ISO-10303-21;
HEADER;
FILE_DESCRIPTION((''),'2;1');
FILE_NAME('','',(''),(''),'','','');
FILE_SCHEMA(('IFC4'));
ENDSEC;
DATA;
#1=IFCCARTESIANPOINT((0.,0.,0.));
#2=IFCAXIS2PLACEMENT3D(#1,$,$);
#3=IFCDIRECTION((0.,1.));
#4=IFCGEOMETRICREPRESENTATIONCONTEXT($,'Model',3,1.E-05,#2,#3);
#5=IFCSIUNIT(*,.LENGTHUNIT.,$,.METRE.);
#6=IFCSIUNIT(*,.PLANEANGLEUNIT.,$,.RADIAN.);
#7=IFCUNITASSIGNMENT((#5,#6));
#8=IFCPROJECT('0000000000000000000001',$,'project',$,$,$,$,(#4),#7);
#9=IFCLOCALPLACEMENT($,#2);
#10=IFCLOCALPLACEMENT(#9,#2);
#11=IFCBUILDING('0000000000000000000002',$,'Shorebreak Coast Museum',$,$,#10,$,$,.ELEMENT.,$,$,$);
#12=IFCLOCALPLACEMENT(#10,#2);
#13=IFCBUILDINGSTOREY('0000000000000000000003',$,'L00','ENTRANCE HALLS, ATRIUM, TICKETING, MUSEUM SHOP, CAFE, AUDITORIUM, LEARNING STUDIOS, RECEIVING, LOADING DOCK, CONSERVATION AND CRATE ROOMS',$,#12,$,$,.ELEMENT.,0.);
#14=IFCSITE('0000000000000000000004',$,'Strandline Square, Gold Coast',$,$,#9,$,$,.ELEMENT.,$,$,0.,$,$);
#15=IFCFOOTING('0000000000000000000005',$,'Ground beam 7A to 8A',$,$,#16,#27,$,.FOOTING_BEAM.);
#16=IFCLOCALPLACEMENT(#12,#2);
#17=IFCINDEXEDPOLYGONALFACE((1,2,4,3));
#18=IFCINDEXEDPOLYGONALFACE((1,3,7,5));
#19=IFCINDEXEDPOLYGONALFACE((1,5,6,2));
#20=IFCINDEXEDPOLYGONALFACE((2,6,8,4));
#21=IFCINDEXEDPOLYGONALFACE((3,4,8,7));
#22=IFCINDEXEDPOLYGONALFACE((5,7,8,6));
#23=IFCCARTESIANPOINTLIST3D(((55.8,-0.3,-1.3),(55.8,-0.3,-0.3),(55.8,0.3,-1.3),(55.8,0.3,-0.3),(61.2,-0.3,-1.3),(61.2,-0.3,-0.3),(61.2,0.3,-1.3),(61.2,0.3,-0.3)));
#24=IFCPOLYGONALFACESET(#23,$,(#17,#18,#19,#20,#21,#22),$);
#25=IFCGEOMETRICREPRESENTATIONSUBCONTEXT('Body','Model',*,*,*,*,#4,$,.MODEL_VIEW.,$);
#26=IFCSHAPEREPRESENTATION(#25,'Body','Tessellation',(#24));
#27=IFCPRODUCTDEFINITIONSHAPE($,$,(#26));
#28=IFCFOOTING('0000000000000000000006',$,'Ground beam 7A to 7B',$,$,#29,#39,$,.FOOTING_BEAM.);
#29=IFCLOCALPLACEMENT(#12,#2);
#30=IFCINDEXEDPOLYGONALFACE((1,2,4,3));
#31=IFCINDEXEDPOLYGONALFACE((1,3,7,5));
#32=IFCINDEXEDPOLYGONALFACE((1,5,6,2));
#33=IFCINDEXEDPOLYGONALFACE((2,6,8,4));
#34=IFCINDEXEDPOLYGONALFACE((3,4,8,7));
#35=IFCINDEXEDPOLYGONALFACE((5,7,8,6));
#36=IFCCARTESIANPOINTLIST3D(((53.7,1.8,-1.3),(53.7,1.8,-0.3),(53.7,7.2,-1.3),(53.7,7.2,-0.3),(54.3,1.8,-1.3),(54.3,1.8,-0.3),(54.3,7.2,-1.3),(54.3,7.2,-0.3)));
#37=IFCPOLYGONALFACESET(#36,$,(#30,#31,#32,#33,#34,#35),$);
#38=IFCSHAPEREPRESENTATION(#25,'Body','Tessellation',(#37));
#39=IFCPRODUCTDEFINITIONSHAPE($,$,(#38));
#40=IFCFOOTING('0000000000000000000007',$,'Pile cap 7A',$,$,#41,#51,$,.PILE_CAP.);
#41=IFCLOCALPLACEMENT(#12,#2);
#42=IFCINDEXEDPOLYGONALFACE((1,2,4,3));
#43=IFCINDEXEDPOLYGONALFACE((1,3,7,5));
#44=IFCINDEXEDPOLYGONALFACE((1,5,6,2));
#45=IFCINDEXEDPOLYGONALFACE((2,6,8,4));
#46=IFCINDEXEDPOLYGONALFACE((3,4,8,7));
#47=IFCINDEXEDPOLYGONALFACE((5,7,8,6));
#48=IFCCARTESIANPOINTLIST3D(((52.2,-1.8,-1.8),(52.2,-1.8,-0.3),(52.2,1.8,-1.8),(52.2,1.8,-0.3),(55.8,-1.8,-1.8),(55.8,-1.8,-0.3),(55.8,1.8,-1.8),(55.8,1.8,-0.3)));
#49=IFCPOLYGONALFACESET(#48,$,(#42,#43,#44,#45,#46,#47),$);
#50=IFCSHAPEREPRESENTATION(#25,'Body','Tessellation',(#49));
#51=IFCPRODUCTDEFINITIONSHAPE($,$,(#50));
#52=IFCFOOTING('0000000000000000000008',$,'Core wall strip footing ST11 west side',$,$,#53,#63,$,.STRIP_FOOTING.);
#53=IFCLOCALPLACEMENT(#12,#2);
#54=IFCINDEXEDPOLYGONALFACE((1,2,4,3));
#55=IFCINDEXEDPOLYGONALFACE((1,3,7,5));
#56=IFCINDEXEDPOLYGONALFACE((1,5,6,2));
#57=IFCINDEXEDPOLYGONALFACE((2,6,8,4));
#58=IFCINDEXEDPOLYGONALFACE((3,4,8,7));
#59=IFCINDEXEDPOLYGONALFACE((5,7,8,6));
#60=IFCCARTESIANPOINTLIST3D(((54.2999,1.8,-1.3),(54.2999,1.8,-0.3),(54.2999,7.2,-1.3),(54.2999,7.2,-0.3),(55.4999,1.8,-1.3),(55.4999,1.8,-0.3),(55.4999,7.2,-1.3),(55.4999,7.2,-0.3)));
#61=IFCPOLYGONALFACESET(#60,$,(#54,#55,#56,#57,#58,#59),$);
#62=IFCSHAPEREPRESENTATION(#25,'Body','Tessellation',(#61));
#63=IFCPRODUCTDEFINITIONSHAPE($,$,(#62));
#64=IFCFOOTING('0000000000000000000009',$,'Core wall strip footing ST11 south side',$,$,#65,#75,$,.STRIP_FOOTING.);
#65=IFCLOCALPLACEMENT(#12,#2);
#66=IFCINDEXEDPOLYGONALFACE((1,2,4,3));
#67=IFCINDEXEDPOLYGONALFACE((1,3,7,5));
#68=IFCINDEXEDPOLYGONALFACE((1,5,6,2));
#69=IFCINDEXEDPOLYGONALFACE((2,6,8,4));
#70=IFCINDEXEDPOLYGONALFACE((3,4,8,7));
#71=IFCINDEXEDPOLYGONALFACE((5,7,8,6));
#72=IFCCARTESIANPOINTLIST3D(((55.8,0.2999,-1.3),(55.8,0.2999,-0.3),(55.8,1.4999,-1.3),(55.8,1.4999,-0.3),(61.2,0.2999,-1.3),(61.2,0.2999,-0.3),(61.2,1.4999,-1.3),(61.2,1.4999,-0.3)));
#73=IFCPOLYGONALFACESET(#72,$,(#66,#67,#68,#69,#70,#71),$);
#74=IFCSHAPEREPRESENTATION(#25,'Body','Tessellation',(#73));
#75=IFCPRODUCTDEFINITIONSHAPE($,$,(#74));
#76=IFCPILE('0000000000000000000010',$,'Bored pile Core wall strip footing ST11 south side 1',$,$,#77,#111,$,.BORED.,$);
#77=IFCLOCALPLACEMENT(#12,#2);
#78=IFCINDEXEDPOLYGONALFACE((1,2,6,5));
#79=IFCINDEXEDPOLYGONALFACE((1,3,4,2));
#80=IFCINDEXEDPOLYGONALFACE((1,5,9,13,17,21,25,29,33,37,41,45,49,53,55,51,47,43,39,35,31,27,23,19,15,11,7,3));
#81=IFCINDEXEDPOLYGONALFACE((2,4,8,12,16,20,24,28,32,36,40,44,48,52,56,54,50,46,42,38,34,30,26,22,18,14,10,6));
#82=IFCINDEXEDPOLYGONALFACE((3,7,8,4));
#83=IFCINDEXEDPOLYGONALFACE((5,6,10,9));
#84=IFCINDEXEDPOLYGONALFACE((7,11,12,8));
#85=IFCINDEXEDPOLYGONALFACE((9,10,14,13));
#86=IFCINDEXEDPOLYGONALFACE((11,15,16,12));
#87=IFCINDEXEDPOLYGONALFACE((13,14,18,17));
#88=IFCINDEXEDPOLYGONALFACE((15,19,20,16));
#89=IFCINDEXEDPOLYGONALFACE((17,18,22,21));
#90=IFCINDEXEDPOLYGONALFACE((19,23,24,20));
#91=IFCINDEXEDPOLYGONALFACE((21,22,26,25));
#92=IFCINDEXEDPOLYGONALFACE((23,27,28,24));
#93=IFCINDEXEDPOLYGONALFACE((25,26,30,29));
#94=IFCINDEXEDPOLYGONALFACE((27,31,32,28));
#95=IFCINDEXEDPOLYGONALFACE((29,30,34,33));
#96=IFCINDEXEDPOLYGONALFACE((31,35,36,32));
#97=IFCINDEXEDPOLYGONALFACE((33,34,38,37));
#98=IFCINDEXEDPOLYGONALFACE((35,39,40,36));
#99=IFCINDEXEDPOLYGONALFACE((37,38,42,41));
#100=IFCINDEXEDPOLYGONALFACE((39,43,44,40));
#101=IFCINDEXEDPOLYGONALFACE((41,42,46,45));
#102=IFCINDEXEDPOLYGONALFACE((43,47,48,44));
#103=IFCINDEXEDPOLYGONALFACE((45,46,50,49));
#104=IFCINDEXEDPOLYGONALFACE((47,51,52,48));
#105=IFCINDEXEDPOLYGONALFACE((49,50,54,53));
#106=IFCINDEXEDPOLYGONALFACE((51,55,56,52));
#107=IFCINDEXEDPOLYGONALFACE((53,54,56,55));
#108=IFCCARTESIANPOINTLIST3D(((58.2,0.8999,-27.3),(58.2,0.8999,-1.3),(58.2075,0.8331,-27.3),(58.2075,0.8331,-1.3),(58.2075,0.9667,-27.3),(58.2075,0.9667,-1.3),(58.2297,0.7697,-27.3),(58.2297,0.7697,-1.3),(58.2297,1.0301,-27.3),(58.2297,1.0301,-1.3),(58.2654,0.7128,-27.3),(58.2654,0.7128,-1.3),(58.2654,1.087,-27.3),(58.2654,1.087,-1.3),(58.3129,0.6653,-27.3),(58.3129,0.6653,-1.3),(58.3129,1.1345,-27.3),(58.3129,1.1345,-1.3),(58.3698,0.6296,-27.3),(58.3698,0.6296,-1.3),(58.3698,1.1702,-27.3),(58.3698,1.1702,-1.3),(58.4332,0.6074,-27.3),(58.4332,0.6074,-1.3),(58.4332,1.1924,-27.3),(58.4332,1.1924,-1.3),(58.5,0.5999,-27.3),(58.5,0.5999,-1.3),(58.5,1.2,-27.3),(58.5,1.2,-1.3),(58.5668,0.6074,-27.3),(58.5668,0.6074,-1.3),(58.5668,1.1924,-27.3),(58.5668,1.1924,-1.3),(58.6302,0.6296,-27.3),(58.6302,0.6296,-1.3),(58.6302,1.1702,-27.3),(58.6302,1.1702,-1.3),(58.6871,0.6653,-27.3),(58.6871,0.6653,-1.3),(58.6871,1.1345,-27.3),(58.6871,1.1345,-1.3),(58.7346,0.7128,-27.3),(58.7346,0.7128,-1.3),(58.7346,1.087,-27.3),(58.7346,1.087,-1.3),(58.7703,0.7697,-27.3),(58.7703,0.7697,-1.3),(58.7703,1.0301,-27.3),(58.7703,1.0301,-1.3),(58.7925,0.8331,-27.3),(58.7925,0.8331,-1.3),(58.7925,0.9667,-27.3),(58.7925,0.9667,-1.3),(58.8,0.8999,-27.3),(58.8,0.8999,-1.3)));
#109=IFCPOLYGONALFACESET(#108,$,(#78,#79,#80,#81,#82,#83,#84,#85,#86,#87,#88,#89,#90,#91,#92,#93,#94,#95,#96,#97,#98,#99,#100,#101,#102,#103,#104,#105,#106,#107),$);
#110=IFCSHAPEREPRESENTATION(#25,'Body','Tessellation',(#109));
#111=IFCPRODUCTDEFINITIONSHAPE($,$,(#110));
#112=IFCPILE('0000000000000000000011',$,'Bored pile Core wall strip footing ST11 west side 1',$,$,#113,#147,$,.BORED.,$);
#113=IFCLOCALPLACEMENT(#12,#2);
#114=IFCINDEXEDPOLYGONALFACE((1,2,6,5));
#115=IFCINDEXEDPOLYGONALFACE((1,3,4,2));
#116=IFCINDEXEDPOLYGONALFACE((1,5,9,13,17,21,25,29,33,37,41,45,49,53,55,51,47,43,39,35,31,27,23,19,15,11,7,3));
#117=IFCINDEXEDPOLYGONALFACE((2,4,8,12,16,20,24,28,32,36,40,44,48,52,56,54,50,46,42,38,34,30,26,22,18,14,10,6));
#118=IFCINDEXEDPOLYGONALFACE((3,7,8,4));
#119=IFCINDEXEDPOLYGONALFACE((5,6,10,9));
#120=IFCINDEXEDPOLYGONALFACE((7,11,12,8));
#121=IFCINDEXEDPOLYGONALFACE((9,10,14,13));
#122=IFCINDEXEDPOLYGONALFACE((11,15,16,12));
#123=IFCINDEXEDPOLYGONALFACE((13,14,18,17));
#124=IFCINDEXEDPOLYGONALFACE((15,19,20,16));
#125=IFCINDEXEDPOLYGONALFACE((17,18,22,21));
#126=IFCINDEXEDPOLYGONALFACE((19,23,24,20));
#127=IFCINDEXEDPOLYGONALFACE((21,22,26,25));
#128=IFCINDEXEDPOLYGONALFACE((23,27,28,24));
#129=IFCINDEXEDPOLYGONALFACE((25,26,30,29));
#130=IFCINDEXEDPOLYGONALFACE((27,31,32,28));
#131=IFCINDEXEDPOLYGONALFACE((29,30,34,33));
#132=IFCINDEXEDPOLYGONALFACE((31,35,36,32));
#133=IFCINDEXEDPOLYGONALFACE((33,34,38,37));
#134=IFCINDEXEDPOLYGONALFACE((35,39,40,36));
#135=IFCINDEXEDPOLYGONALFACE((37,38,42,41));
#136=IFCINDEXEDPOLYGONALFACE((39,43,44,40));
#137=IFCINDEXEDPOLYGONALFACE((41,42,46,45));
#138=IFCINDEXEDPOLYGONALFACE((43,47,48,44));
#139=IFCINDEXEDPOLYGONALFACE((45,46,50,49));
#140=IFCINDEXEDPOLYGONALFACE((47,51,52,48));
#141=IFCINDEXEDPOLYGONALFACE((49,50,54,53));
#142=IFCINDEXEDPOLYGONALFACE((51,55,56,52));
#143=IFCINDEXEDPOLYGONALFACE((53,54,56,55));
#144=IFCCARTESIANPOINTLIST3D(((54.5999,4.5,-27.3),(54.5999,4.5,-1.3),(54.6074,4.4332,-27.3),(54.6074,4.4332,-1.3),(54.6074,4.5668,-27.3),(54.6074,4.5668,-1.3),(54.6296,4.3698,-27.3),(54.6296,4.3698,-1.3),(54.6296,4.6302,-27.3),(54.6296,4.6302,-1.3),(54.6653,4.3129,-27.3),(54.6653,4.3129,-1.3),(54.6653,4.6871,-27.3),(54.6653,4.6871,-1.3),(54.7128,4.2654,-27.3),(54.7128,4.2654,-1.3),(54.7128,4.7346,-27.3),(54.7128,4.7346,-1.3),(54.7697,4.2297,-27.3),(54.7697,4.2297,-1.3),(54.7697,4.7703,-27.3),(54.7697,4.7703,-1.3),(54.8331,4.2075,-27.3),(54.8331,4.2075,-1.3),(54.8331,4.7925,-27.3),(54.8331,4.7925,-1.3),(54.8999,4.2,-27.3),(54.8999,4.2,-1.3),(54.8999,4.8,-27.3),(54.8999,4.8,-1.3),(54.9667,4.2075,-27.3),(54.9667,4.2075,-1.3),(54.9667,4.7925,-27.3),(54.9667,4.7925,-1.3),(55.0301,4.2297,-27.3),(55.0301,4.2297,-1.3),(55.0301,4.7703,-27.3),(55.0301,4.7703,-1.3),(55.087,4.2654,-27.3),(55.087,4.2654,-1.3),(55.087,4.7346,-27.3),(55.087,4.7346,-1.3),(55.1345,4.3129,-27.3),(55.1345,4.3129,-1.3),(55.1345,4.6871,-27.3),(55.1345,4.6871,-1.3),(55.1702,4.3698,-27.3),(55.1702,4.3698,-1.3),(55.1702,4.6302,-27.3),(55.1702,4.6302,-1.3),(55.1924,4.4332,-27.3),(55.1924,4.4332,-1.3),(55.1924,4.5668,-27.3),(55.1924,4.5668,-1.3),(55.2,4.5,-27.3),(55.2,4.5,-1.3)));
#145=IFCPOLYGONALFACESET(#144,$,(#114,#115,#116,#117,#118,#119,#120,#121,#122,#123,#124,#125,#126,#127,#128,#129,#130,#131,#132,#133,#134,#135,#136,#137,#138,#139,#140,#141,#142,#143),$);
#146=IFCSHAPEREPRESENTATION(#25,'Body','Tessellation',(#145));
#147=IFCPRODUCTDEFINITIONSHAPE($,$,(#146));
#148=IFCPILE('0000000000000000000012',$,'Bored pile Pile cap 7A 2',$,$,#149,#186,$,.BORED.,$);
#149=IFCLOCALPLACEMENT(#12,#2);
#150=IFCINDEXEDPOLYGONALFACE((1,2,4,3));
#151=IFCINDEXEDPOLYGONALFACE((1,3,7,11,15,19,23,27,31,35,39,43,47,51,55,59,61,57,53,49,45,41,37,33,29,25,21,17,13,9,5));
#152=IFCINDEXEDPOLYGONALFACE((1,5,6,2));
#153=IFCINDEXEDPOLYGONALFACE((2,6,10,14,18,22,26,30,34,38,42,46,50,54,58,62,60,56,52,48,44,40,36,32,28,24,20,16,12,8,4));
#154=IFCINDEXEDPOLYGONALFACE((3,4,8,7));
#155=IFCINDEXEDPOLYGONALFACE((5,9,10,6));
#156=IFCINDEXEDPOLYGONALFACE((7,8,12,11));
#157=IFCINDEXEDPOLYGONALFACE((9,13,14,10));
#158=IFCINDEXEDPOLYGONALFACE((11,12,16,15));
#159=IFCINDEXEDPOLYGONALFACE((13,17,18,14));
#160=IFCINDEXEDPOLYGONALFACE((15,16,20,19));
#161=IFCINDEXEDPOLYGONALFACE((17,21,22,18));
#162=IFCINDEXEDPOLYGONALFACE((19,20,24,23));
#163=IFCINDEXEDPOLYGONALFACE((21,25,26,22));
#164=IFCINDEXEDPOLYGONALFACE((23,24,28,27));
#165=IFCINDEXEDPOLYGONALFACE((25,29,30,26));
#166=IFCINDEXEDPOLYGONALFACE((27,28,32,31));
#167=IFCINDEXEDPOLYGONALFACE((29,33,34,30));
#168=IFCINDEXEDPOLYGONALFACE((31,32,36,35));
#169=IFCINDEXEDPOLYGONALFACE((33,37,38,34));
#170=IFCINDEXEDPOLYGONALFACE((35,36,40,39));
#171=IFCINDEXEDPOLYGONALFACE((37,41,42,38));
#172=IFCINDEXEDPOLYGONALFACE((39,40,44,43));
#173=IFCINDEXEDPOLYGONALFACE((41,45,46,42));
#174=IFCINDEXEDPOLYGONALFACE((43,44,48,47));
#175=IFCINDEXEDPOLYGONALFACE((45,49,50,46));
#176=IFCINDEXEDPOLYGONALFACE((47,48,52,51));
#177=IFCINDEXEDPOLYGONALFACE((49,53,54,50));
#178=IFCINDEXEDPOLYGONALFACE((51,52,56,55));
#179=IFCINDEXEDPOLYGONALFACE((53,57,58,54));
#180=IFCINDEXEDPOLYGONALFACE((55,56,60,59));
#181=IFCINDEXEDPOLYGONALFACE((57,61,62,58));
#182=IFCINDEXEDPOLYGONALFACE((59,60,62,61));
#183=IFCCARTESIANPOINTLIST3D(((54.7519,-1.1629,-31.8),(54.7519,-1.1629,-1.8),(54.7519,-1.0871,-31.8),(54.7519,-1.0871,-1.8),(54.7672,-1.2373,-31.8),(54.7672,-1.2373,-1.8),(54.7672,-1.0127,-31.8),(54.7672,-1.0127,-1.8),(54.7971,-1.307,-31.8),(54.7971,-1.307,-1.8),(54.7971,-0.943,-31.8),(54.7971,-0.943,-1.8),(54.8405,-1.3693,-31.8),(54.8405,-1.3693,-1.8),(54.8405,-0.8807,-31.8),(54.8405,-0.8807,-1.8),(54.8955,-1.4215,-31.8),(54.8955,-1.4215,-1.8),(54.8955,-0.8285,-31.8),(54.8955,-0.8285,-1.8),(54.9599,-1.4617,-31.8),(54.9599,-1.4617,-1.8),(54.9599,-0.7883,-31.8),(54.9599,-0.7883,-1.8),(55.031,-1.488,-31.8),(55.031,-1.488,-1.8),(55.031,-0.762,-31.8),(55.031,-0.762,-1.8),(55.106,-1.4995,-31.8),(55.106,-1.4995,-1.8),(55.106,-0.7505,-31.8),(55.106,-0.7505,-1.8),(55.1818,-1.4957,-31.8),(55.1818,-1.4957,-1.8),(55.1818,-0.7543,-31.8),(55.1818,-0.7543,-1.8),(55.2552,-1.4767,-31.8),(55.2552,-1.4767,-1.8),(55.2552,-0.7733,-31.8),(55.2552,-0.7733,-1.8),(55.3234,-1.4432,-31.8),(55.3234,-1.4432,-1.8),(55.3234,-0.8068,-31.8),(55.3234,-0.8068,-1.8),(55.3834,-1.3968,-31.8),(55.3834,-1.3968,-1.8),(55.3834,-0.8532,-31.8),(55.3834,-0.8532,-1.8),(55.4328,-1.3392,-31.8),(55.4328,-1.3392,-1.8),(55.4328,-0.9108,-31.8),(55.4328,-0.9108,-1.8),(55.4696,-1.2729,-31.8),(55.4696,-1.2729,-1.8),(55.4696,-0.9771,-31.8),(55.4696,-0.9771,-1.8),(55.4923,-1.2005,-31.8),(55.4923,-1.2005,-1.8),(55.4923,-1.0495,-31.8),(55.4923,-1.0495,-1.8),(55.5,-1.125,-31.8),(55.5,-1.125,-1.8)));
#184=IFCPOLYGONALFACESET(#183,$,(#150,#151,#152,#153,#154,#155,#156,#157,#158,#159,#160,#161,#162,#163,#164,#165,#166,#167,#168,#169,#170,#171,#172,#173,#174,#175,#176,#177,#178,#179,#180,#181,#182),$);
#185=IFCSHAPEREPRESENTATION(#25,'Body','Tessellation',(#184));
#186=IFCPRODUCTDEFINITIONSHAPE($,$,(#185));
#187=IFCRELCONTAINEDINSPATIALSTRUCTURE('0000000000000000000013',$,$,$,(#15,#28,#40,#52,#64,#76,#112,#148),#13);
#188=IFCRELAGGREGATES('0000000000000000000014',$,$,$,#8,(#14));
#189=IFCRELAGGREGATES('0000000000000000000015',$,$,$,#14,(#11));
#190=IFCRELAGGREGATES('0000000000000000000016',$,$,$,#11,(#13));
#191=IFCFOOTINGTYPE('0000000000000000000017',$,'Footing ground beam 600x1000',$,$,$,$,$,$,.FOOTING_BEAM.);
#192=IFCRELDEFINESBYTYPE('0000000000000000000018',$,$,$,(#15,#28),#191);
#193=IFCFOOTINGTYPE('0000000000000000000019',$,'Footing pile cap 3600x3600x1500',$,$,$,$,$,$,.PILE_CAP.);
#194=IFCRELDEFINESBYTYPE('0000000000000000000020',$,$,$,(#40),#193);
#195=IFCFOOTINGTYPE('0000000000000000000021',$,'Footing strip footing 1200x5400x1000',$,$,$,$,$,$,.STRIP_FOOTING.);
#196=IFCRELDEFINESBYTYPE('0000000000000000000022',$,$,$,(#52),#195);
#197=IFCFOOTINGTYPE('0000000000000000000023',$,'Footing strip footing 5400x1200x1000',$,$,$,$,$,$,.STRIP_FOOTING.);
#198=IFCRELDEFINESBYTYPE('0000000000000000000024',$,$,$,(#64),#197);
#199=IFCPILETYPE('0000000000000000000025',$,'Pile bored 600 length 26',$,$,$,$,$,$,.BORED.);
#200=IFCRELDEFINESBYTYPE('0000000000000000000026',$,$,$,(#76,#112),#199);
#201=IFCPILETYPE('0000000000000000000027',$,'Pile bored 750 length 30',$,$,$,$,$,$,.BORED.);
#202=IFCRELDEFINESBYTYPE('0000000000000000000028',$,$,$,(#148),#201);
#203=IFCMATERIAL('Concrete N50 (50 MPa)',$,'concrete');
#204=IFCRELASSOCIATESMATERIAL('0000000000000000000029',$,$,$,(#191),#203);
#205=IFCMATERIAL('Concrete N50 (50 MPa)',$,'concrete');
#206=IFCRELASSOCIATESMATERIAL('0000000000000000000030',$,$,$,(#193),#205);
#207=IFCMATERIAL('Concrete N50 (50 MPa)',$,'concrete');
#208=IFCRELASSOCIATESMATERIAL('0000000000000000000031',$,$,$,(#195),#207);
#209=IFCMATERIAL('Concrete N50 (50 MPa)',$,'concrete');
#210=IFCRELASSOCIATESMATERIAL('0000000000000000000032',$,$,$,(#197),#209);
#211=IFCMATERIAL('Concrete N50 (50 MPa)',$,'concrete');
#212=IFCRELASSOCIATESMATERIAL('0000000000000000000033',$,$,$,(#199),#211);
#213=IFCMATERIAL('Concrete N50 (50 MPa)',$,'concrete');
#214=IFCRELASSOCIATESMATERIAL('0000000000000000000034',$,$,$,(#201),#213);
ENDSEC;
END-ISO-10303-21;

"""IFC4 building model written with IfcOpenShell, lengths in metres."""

from ifc_helpers import new_model, si_unit, direction, frame, origin, origin_2d, place, context, subcontext, project, spatial, rectangle, circle, extrude, material, material_profile, profile_set, type_object, element, save


model = new_model("IFC4")

# Units and contexts
model_context = context("Model", 3, precision=1e-05, world=origin(), true_north=direction((0.0, 1.0)))
body_context = subcontext(model_context, "Body", "Model", "MODEL_VIEW")
ifc_project = project(units=[si_unit("LENGTHUNIT", "METRE"), si_unit("PLANEANGLEUNIT", "RADIAN")], contexts=[model_context])

# Site, building, storey
site_placement = place(None, origin())
site = spatial("IfcSite", under=ifc_project, at=site_placement, Name="Strandline Square, Gold Coast", CompositionType="ELEMENT", RefElevation=0.0)
building_placement = place(site_placement, origin())
building = spatial("IfcBuilding", under=site, at=building_placement, Name="Shorebreak Coast Museum", CompositionType="ELEMENT")
storey_placement = place(building_placement, origin())
storey = spatial("IfcBuildingStorey", under=building, at=storey_placement, Name="L00", Description="ENTRANCE HALLS, ATRIUM, TICKETING, MUSEUM SHOP, CAFE, AUDITORIUM, LEARNING STUDIOS, RECEIVING, LOADING DOCK, CONSERVATION AND CRATE ROOMS", CompositionType="ELEMENT", Elevation=0.0)

# Footings
ifc_material_1 = material(Name="Concrete N50 (50 MPa)", Category="concrete")
footing_type_1 = type_object("IfcFootingType", Name="Footing ground beam 600x1000", PredefinedType="FOOTING_BEAM", material=ifc_material_1)
footing_1_placement = place(storey_placement, frame((58.5, 0.0, -1.3), z_axis=(0.0, 0.0, 1.0), x_axis=(1.0, 0.0, 0.0)))
element("IfcFooting", 1, at=footing_1_placement, inside=storey, type_object=footing_type_1, Name="Ground beam 7A to 8A", PredefinedType="FOOTING_BEAM", context=body_context, shape_type="SweptSolid", body=[
    extrude(rectangle(XDim=5.3999, YDim=0.6001, at=origin_2d()), origin(), (0.0, 0.0, 1.0), 1.0),
])
footing_2_placement = place(storey_placement, frame((54.0, 4.5, -1.3), z_axis=(0.0, 0.0, 1.0), x_axis=(1.0, 0.0, 0.0)))
element("IfcFooting", 2, at=footing_2_placement, inside=storey, type_object=footing_type_1, Name="Ground beam 7A to 7B", PredefinedType="FOOTING_BEAM", context=body_context, shape_type="SweptSolid", body=[
    extrude(rectangle(XDim=0.6001, YDim=5.3999, at=origin_2d()), origin(), (0.0, 0.0, 1.0), 1.0),
])
ifc_material_2 = material(Name="Concrete N50 (50 MPa)", Category="concrete")
footing_type_2 = type_object("IfcFootingType", Name="Footing pile cap 3600x3600x1500", PredefinedType="PILE_CAP", material=ifc_material_2)
footing_3_placement = place(storey_placement, frame((54.0, 0.0, -1.8), z_axis=(0.0, 0.0, 1.0), x_axis=(1.0, 0.0, 0.0)))
element("IfcFooting", 3, at=footing_3_placement, inside=storey, type_object=footing_type_2, Name="Pile cap 7A", PredefinedType="PILE_CAP", context=body_context, shape_type="SweptSolid", body=[
    extrude(rectangle(XDim=3.6001, YDim=3.6001, at=origin_2d()), origin(), (0.0, 0.0, 1.0), 1.5),
])
ifc_material_3 = material(Name="Concrete N50 (50 MPa)", Category="concrete")
footing_type_3 = type_object("IfcFootingType", Name="Footing strip footing 1200x5400x1000", PredefinedType="STRIP_FOOTING", material=ifc_material_3)
footing_4_placement = place(storey_placement, frame((54.8999, 4.5, -1.3), z_axis=(0.0, 0.0, 1.0), x_axis=(1.0, 0.0, 0.0)))
element("IfcFooting", 4, at=footing_4_placement, inside=storey, type_object=footing_type_3, Name="Core wall strip footing ST11 west side", PredefinedType="STRIP_FOOTING", context=body_context, shape_type="SweptSolid", body=[
    extrude(rectangle(XDim=1.2, YDim=5.3999, at=origin_2d()), origin(), (0.0, 0.0, 1.0), 1.0),
])
ifc_material_4 = material(Name="Concrete N50 (50 MPa)", Category="concrete")
footing_type_4 = type_object("IfcFootingType", Name="Footing strip footing 5400x1200x1000", PredefinedType="STRIP_FOOTING", material=ifc_material_4)
footing_5_placement = place(storey_placement, frame((58.5, 0.8999, -1.3), z_axis=(0.0, 0.0, 1.0), x_axis=(1.0, 0.0, 0.0)))
element("IfcFooting", 5, at=footing_5_placement, inside=storey, type_object=footing_type_4, Name="Core wall strip footing ST11 south side", PredefinedType="STRIP_FOOTING", context=body_context, shape_type="SweptSolid", body=[
    extrude(rectangle(XDim=5.3999, YDim=1.2, at=origin_2d()), origin(), (0.0, 0.0, 1.0), 1.0),
])

# Piles
ifc_material_5 = material(Name="Concrete N50 (50 MPa)", Category="concrete")
ifc_material_profile_1 = material_profile(ifc_material_5, circle(Radius=0.3, at=origin_2d()), Name="Pile bored 600 length 26")
ifc_profile_set_1 = profile_set([ifc_material_profile_1], Name="Concrete N50 (50 MPa)")
pile_type_1 = type_object("IfcPileType", Name="Pile bored 600 length 26", PredefinedType="BORED", material=ifc_profile_set_1)
for number, where, z_axis, x_axis, name in (
    (6, (58.5, 0.8999, -1.3), (0.0, 0.0, -1.0), (1.0, 0.0, 0.0), "Bored pile Core wall strip footing ST11 south side 1"),
    (7, (54.8999, 4.5, -1.3), (0.0, 0.0, -1.0), (1.0, 0.0, 0.0), "Bored pile Core wall strip footing ST11 west side 1"),
):
    element("IfcPile", number, at=place(storey_placement, frame(where, z_axis=z_axis, x_axis=x_axis)), inside=storey, type_object=pile_type_1, Name=name, PredefinedType="BORED", context=body_context, shape_type="SweptSolid", body=[
        extrude(circle(Radius=0.3, at=origin_2d()), origin(), (0.0, 0.0, 1.0), 26.0),
    ])
ifc_material_6 = material(Name="Concrete N50 (50 MPa)", Category="concrete")
ifc_material_profile_2 = material_profile(ifc_material_6, circle(Radius=0.375, at=origin_2d()), Name="Pile bored 750 length 30")
ifc_profile_set_2 = profile_set([ifc_material_profile_2], Name="Concrete N50 (50 MPa)")
pile_type_2 = type_object("IfcPileType", Name="Pile bored 750 length 30", PredefinedType="BORED", material=ifc_profile_set_2)
for number, where, z_axis, x_axis, name in (
    (8, (55.125, -1.125, -1.8), (0.0, 0.0, -1.0), (1.0, 0.0, 0.0), "Bored pile Pile cap 7A 2"),
):
    element("IfcPile", number, at=place(storey_placement, frame(where, z_axis=z_axis, x_axis=x_axis)), inside=storey, type_object=pile_type_2, Name=name, PredefinedType="BORED", context=body_context, shape_type="SweptSolid", body=[
        extrude(circle(Radius=0.375, at=origin_2d()), origin(), (0.0, 0.0, 1.0), 30.0),
    ])

save(model, "model.ifc")
